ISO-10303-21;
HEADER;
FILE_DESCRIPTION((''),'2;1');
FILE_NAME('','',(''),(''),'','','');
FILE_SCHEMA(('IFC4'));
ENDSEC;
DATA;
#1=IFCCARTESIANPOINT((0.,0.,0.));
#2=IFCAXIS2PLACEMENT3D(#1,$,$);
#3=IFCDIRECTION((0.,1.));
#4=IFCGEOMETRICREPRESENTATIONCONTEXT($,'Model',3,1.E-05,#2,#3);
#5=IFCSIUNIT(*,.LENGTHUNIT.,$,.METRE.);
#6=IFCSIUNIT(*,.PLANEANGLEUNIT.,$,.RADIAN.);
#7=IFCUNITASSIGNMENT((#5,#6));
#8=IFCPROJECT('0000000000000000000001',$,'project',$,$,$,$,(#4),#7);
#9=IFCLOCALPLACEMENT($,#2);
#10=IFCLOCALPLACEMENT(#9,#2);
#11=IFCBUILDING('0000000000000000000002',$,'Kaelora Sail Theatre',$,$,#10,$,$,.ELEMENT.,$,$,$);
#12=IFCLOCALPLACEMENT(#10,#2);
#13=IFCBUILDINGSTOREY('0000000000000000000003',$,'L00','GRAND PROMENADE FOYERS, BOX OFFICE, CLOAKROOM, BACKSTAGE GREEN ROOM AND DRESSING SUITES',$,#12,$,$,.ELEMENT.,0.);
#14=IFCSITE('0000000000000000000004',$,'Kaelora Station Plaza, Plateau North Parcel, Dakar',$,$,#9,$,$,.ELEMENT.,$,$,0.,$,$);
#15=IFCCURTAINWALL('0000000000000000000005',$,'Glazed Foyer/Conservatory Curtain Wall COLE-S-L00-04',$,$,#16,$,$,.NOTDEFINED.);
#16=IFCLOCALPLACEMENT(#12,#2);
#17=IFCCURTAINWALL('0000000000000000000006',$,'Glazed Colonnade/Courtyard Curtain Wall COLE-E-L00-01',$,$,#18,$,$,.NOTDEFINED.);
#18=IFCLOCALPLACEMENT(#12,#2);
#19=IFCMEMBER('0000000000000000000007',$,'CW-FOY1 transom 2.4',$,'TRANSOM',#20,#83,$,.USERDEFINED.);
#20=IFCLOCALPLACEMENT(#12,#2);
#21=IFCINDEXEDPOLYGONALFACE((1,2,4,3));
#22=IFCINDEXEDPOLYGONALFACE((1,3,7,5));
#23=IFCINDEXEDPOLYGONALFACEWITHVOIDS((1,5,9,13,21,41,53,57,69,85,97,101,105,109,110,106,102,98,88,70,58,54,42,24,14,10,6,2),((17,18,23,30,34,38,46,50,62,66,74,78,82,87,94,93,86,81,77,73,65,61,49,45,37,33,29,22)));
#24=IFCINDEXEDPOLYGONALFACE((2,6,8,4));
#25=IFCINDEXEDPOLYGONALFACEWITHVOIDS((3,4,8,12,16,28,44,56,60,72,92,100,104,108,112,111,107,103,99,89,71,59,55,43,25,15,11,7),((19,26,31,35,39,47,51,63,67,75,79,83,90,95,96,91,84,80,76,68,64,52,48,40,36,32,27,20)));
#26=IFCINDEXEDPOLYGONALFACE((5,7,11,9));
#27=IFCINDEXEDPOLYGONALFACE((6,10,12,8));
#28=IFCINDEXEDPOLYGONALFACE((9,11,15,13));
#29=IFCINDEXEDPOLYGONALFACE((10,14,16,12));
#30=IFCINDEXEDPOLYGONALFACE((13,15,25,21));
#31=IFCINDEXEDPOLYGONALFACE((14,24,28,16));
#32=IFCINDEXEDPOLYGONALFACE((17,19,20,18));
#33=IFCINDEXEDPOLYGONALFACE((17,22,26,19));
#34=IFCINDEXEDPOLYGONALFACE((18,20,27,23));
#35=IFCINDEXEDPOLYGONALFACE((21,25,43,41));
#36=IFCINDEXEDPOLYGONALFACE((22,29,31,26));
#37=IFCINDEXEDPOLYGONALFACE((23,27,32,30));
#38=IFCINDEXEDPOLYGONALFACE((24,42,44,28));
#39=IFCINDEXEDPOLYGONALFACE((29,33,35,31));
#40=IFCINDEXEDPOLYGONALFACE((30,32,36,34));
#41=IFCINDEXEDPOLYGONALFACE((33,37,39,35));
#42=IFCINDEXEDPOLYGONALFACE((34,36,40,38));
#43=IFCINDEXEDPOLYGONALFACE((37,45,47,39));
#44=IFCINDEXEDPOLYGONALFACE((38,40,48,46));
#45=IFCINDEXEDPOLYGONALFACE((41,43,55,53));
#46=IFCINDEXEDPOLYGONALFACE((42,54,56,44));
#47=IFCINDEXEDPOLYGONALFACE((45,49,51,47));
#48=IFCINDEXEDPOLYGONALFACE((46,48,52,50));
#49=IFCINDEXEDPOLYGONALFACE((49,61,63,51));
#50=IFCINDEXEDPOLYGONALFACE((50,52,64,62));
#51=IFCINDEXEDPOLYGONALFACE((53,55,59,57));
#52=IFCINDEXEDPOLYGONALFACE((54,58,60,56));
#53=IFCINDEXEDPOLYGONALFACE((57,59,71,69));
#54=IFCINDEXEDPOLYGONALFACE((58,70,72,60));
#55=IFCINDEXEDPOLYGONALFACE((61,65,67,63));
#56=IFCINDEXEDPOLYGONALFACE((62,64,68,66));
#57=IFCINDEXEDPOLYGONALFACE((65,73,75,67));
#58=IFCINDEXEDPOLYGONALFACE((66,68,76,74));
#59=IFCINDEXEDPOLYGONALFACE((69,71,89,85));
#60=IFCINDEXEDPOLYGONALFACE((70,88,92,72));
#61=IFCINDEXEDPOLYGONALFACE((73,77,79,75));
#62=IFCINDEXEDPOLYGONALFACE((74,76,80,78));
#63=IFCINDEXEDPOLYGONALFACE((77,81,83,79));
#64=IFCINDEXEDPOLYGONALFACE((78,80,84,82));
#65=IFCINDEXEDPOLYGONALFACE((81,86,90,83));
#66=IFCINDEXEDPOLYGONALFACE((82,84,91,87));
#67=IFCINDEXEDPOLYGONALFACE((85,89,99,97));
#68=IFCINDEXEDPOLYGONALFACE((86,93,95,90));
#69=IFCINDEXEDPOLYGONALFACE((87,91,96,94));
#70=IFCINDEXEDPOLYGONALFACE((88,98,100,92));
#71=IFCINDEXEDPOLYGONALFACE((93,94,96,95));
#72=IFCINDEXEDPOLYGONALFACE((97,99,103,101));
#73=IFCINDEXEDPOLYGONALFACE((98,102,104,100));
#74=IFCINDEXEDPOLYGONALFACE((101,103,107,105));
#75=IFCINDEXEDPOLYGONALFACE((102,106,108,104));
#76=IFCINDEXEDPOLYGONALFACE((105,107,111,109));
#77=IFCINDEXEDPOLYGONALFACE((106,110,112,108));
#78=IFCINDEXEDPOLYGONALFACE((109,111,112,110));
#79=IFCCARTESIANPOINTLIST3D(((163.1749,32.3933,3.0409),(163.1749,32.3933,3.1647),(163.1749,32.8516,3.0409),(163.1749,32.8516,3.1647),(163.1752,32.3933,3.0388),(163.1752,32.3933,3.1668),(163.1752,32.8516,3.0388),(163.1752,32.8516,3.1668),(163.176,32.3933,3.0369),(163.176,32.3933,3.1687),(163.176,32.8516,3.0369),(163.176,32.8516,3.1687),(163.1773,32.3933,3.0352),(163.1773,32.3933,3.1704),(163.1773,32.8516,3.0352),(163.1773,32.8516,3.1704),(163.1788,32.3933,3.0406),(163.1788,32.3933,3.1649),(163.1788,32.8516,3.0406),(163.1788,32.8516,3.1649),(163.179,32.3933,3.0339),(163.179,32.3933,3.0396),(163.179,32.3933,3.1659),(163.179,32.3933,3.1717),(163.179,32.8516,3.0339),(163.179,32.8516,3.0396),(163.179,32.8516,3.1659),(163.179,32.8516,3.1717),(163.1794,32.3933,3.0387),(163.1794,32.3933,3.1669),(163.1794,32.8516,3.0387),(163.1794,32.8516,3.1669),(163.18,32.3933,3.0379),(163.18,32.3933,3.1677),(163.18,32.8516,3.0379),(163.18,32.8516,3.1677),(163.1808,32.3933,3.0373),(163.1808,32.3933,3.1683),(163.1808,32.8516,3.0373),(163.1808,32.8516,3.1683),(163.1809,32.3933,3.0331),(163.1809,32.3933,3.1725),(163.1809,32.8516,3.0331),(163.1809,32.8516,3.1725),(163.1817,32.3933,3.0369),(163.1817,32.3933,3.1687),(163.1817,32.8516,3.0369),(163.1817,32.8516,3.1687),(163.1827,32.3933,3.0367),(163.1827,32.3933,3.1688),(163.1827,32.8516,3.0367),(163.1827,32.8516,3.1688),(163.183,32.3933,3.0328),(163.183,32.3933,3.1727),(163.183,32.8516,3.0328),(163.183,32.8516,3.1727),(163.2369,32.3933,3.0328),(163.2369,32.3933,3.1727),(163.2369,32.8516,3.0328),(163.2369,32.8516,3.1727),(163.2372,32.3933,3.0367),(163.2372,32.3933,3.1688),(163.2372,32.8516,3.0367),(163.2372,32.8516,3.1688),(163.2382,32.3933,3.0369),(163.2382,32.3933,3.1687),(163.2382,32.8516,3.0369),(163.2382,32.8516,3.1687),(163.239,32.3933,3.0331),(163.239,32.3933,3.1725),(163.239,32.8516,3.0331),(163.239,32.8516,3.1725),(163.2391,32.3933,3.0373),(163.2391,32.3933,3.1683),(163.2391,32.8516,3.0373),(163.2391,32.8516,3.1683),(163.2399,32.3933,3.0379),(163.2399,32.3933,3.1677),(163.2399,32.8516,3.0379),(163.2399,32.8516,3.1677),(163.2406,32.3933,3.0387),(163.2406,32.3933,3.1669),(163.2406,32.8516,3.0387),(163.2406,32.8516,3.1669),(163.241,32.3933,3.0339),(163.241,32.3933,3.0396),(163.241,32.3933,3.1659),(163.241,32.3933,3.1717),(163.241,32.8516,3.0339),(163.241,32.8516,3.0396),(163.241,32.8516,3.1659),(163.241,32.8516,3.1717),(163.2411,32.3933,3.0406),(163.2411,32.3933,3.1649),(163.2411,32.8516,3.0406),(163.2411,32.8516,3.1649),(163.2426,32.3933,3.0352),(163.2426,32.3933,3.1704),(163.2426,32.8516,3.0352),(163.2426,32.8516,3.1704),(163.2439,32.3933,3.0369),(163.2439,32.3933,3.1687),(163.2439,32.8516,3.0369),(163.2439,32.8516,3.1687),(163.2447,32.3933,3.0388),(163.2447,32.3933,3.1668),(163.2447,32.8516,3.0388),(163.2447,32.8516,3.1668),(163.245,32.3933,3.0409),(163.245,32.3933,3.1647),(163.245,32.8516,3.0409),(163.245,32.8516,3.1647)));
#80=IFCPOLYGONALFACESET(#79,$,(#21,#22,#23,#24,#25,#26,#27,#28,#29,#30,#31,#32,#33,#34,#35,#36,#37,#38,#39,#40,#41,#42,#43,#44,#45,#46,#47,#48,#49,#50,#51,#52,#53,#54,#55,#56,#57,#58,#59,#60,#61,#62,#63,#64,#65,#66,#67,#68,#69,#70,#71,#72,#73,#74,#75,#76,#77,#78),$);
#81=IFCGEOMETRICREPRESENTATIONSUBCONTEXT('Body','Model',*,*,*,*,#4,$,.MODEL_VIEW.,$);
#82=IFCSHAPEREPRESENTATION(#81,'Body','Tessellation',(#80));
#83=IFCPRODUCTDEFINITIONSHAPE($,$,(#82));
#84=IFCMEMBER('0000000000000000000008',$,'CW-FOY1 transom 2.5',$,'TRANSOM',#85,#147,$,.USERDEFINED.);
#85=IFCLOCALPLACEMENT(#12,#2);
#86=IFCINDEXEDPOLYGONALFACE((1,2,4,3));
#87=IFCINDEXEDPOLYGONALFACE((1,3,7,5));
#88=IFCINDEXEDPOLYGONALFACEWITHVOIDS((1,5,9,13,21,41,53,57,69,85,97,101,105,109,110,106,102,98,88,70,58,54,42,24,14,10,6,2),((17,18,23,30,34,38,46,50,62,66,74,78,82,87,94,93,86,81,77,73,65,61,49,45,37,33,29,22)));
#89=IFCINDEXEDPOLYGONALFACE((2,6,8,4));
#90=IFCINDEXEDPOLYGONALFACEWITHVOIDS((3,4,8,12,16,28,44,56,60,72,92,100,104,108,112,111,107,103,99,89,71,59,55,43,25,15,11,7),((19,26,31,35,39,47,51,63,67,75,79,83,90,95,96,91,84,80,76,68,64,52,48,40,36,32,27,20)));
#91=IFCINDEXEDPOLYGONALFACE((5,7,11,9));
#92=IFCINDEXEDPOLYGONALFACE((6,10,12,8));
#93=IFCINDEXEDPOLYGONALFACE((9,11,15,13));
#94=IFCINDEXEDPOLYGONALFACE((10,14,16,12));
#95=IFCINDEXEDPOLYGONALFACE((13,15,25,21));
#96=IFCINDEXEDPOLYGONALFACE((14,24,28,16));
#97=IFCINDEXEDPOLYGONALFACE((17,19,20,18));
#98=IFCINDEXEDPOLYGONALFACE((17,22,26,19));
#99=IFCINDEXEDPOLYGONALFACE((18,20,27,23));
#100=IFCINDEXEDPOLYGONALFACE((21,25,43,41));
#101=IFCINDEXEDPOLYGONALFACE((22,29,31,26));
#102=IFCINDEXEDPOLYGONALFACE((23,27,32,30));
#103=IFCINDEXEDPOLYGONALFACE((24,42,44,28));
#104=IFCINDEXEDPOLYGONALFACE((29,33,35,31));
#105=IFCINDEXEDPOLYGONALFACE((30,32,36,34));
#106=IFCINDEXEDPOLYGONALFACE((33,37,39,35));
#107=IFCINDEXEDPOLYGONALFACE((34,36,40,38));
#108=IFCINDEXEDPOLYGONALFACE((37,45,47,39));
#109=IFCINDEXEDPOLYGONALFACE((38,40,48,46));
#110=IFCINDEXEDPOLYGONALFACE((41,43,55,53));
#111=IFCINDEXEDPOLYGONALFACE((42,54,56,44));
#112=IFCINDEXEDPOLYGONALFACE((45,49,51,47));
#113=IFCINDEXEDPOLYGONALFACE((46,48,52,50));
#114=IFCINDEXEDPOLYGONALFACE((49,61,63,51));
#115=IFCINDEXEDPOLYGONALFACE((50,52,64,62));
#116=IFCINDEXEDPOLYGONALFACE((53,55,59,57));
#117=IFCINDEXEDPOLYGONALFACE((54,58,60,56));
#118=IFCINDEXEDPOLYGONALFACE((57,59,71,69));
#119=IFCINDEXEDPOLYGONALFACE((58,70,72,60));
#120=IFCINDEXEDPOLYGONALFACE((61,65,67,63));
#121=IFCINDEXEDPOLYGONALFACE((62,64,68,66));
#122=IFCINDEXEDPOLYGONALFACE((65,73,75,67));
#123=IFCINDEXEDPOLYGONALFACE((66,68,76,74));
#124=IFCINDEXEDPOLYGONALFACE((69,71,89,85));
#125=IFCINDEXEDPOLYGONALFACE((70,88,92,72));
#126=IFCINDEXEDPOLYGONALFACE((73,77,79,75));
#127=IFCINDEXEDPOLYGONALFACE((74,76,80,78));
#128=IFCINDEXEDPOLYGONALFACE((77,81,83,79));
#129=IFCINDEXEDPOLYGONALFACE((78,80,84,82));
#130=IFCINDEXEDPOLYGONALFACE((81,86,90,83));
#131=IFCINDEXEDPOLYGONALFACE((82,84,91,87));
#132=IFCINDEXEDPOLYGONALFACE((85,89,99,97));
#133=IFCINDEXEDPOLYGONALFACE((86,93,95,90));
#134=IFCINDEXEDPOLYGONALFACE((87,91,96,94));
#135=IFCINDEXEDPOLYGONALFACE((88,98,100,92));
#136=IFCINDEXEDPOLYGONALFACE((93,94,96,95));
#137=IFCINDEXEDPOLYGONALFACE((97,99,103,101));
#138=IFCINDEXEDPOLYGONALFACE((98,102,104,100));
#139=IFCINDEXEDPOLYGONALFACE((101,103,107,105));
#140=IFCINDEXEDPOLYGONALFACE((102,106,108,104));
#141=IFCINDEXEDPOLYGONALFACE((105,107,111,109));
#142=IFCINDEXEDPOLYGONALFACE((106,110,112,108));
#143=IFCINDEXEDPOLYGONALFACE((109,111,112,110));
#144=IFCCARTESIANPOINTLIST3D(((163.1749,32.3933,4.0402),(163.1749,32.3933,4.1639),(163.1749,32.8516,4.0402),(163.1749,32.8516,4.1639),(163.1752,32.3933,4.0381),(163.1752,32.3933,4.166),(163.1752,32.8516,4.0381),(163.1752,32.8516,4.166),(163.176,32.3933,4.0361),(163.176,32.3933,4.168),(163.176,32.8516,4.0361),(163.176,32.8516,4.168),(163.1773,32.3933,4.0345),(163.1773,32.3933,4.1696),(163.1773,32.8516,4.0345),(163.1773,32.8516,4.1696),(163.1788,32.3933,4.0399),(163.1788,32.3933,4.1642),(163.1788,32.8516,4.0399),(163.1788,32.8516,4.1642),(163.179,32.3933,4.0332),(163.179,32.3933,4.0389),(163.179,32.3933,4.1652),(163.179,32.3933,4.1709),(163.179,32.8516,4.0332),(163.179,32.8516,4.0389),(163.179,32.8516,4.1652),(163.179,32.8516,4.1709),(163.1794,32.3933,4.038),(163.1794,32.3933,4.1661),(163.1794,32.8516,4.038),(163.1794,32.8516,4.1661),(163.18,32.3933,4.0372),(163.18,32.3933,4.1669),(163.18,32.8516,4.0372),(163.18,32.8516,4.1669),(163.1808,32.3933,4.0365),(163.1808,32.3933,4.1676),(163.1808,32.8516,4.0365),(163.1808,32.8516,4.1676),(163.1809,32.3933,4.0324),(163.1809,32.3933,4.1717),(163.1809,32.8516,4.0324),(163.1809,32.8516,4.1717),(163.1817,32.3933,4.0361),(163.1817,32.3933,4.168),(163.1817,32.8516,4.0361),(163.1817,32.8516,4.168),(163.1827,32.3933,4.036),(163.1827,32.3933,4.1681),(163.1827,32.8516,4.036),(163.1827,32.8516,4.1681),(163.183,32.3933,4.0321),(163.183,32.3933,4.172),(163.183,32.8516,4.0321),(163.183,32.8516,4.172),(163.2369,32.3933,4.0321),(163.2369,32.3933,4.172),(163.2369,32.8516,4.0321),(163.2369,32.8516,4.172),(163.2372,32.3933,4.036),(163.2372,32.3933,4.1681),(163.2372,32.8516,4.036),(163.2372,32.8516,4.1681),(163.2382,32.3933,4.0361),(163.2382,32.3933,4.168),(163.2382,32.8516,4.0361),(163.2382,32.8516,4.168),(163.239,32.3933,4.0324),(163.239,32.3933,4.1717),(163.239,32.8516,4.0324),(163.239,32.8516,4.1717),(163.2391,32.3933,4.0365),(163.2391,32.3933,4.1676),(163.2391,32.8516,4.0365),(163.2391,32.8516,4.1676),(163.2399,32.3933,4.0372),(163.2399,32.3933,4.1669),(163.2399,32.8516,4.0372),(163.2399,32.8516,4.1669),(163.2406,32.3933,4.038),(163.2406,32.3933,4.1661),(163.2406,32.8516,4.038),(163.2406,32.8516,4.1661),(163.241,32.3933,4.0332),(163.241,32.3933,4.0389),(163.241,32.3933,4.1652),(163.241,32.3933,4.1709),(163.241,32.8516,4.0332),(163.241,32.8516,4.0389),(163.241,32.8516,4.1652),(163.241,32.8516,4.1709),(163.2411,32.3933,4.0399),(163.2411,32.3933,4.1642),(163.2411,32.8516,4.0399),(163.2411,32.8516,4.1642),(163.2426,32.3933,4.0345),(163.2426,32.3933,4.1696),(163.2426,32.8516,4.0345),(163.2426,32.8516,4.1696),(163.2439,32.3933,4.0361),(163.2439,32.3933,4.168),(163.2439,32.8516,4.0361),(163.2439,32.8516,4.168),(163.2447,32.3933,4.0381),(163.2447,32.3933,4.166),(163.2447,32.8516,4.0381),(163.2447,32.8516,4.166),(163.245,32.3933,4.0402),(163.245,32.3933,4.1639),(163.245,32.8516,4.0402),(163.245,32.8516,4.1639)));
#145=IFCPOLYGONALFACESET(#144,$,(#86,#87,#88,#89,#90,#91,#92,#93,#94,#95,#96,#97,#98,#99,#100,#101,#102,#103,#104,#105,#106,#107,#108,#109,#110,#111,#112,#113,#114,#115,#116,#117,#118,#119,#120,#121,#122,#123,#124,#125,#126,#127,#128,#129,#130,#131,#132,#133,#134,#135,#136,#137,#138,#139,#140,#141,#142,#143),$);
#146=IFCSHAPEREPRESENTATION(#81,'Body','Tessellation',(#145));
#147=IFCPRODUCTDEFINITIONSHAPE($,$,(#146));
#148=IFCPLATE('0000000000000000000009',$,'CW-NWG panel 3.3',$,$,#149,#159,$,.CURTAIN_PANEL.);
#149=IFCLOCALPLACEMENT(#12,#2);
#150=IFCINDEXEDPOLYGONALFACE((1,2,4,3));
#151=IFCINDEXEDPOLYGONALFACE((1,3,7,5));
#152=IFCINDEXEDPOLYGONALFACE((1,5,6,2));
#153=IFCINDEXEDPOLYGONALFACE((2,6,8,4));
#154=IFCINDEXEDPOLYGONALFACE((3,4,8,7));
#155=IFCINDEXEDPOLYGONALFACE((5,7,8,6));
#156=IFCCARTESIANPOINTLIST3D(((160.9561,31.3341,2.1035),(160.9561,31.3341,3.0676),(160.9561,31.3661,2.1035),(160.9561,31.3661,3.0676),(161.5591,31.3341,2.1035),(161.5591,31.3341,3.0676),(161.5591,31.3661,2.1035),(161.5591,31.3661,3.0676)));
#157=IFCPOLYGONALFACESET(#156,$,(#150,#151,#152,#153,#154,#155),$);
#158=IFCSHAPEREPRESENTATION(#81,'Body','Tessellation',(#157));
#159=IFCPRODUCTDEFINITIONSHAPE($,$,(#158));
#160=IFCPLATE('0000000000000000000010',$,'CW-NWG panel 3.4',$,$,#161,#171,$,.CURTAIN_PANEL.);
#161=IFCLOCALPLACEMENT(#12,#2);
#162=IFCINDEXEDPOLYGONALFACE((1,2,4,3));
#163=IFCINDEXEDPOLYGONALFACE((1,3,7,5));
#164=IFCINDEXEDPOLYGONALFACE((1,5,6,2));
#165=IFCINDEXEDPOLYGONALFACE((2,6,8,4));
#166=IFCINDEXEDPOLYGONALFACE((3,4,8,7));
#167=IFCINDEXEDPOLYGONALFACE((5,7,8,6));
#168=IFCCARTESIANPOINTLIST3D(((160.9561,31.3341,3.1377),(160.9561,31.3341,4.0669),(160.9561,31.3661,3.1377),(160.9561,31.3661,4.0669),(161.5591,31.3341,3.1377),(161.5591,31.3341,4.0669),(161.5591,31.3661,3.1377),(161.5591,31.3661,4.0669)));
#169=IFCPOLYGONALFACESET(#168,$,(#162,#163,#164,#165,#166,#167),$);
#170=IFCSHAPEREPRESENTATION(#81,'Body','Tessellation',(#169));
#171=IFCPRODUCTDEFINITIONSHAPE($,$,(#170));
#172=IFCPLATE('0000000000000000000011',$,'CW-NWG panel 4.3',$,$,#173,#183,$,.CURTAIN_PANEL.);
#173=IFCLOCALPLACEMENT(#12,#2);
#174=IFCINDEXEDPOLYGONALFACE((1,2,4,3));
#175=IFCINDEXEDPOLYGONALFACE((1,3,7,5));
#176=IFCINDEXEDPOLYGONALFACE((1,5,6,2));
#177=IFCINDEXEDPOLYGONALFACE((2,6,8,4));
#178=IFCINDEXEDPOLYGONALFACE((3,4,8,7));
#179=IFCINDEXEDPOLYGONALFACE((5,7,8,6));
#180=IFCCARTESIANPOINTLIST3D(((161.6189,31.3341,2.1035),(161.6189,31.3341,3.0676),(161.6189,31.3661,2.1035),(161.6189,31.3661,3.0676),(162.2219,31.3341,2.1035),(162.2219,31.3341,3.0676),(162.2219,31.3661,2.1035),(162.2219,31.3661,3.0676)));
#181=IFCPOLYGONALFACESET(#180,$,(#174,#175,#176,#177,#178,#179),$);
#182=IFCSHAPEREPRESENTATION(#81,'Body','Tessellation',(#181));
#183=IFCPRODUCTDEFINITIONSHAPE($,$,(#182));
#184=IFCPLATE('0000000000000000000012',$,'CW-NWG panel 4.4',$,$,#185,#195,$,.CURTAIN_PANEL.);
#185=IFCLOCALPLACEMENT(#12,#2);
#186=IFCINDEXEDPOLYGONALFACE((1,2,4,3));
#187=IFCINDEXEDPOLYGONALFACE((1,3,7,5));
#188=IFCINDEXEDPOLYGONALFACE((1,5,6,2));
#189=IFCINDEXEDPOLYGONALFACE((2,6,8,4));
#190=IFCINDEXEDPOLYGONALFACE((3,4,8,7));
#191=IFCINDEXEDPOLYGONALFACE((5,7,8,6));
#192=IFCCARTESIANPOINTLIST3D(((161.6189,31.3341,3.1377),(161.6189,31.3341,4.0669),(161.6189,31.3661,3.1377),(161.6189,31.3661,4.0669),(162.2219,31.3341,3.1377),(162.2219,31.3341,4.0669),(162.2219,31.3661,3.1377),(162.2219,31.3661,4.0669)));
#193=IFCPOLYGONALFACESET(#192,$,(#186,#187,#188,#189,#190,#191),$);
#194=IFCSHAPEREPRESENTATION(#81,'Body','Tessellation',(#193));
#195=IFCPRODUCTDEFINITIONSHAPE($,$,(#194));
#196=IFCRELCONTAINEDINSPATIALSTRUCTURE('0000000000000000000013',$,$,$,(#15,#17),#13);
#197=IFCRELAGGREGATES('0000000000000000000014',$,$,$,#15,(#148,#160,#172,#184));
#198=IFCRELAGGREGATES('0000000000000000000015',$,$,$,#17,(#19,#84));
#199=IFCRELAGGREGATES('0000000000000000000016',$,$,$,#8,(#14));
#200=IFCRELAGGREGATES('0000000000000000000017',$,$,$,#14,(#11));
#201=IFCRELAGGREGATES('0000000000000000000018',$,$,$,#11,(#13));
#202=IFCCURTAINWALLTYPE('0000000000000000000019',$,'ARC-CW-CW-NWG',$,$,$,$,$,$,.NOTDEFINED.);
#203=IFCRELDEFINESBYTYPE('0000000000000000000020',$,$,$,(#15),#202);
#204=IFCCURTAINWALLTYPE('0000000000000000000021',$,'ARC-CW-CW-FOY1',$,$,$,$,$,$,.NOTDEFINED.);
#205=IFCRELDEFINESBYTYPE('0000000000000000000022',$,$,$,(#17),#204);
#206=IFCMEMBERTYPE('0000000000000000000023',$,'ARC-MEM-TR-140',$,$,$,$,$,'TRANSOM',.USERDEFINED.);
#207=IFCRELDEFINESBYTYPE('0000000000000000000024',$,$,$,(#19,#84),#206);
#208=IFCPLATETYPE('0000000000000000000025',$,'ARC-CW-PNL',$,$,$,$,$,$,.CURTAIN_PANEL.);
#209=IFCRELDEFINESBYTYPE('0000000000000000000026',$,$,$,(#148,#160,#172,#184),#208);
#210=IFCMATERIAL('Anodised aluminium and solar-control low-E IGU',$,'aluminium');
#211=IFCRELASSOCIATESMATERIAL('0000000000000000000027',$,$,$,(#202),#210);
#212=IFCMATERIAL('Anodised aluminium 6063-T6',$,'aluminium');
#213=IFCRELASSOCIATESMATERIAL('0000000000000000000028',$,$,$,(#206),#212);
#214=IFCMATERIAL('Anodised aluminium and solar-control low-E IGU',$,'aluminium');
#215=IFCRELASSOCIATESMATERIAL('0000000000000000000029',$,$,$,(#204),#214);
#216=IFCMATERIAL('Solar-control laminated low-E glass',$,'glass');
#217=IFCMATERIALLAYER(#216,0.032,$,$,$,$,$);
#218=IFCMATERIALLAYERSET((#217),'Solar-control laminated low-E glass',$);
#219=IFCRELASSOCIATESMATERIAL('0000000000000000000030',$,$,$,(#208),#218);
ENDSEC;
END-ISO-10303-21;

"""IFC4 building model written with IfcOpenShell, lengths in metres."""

from ifc_helpers import new_model, si_unit, direction, frame, origin, origin_2d, place, context, subcontext, project, spatial, rectangle, hollow_rectangle, extrude, material, layer, layer_set, material_profile, profile_set, type_object, element, aggregate, save


model = new_model("IFC4")

# Units and contexts
model_context = context("Model", 3, precision=1e-05, world=origin(), true_north=direction((0.0, 1.0)))
body_context = subcontext(model_context, "Body", "Model", "MODEL_VIEW")
ifc_project = project(units=[si_unit("LENGTHUNIT", "METRE"), si_unit("PLANEANGLEUNIT", "RADIAN")], contexts=[model_context])

# Site, building, storey
site_placement = place(None, origin())
site = spatial("IfcSite", under=ifc_project, at=site_placement, Name="Kaelora Station Plaza, Plateau North Parcel, Dakar", CompositionType="ELEMENT", RefElevation=0.0)
building_placement = place(site_placement, origin())
building = spatial("IfcBuilding", under=site, at=building_placement, Name="Kaelora Sail Theatre", CompositionType="ELEMENT")
storey_placement = place(building_placement, origin())
storey = spatial("IfcBuildingStorey", under=building, at=storey_placement, Name="L00", Description="GRAND PROMENADE FOYERS, BOX OFFICE, CLOAKROOM, BACKSTAGE GREEN ROOM AND DRESSING SUITES", CompositionType="ELEMENT", Elevation=0.0)

# Curtain walls, members
ifc_material_1 = material(Name="Anodised aluminium and solar-control low-E IGU", Category="aluminium")
curtain_wall_type_1 = type_object("IfcCurtainWallType", Name="ARC-CW-CW-NWG", PredefinedType="NOTDEFINED", material=ifc_material_1)
curtain_wall_1_placement = place(storey_placement, origin())
curtain_wall_1 = element("IfcCurtainWall", 1, at=curtain_wall_1_placement, inside=storey, type_object=curtain_wall_type_1, Name="Glazed Foyer/Conservatory Curtain Wall COLE-S-L00-04", PredefinedType="NOTDEFINED")
ifc_material_2 = material(Name="Anodised aluminium 6063-T6", Category="aluminium")
ifc_material_profile = material_profile(ifc_material_2, hollow_rectangle(XDim=0.0701, YDim=0.1399, WallThickness=0.0039, InnerFilletRadius=0.0039, OuterFilletRadius=0.0081, at=origin_2d()), Name="ALU-TRAN 70x140x4")
ifc_profile_set = profile_set([ifc_material_profile], Name="Anodised aluminium 6063-T6")
member_type = type_object("IfcMemberType", Name="ARC-MEM-TR-140", ElementType="TRANSOM", PredefinedType="USERDEFINED", material=ifc_profile_set)
ifc_material_3 = material(Name="Anodised aluminium and solar-control low-E IGU", Category="aluminium")
curtain_wall_type_2 = type_object("IfcCurtainWallType", Name="ARC-CW-CW-FOY1", PredefinedType="NOTDEFINED", material=ifc_material_3)
curtain_wall_2_placement = place(storey_placement, origin())
curtain_wall_2 = element("IfcCurtainWall", 2, at=curtain_wall_2_placement, inside=storey, type_object=curtain_wall_type_2, Name="Glazed Colonnade/Courtyard Curtain Wall COLE-E-L00-01", PredefinedType="NOTDEFINED")
member_1_placement = place(storey_placement, frame((163.21, 32.3933, 3.1028), z_axis=(0.0, 1.0, 0.0), x_axis=(-1.0, 0.0, 0.0)))
member_1 = element("IfcMember", 3, at=member_1_placement, type_object=member_type, Name="CW-FOY1 transom 2.4", ObjectType="TRANSOM", PredefinedType="USERDEFINED", context=body_context, shape_type="SweptSolid", body=[
    extrude(hollow_rectangle(XDim=0.0701, YDim=0.1399, WallThickness=0.0039, InnerFilletRadius=0.0039, OuterFilletRadius=0.0081, at=origin_2d()), origin(), (0.0, 0.0, 1.0), 0.4583),
])
member_2_placement = place(storey_placement, frame((163.21, 32.3933, 4.1021), z_axis=(0.0, 1.0, 0.0), x_axis=(-1.0, 0.0, 0.0)))
member_2 = element("IfcMember", 4, at=member_2_placement, type_object=member_type, Name="CW-FOY1 transom 2.5", ObjectType="TRANSOM", PredefinedType="USERDEFINED", context=body_context, shape_type="SweptSolid", body=[
    extrude(hollow_rectangle(XDim=0.0701, YDim=0.1399, WallThickness=0.0039, InnerFilletRadius=0.0039, OuterFilletRadius=0.0081, at=origin_2d()), origin(), (0.0, 0.0, 1.0), 0.4583),
])

# Plates
ifc_material_4 = material(Name="Solar-control laminated low-E glass", Category="glass")
ifc_layer = layer(ifc_material_4, 0.032)
ifc_layer_set = layer_set([ifc_layer], Name="Solar-control laminated low-E glass")
plate_type = type_object("IfcPlateType", Name="ARC-CW-PNL", PredefinedType="CURTAIN_PANEL", material=ifc_layer_set)
plate_1_placement = place(storey_placement, frame((161.2576, 31.3501, 2.1035), z_axis=(0.0, 0.0, 1.0), x_axis=(1.0, 0.0, 0.0)))
plate_1 = element("IfcPlate", 5, at=plate_1_placement, type_object=plate_type, Name="CW-NWG panel 3.3", PredefinedType="CURTAIN_PANEL", context=body_context, shape_type="SweptSolid", body=[
    extrude(rectangle(XDim=0.603, YDim=0.032, at=origin_2d()), origin(), (0.0, 0.0, 1.0), 0.9641),
])
plate_2_placement = place(storey_placement, frame((161.2576, 31.3501, 3.1377), z_axis=(0.0, 0.0, 1.0), x_axis=(1.0, 0.0, 0.0)))
plate_2 = element("IfcPlate", 6, at=plate_2_placement, type_object=plate_type, Name="CW-NWG panel 3.4", PredefinedType="CURTAIN_PANEL", context=body_context, shape_type="SweptSolid", body=[
    extrude(rectangle(XDim=0.603, YDim=0.032, at=origin_2d()), origin(), (0.0, 0.0, 1.0), 0.9292),
])
plate_3_placement = place(storey_placement, frame((161.9204, 31.3501, 2.1035), z_axis=(0.0, 0.0, 1.0), x_axis=(1.0, 0.0, 0.0)))
plate_3 = element("IfcPlate", 7, at=plate_3_placement, type_object=plate_type, Name="CW-NWG panel 4.3", PredefinedType="CURTAIN_PANEL", context=body_context, shape_type="SweptSolid", body=[
    extrude(rectangle(XDim=0.603, YDim=0.032, at=origin_2d()), origin(), (0.0, 0.0, 1.0), 0.9641),
])
plate_4_placement = place(storey_placement, frame((161.9204, 31.3501, 3.1377), z_axis=(0.0, 0.0, 1.0), x_axis=(1.0, 0.0, 0.0)))
plate_4 = element("IfcPlate", 8, at=plate_4_placement, type_object=plate_type, Name="CW-NWG panel 4.4", PredefinedType="CURTAIN_PANEL", context=body_context, shape_type="SweptSolid", body=[
    extrude(rectangle(XDim=0.603, YDim=0.032, at=origin_2d()), origin(), (0.0, 0.0, 1.0), 0.9292),
])
aggregate(curtain_wall_1, [plate_1, plate_2, plate_3, plate_4])
aggregate(curtain_wall_2, [member_1, member_2])

save(model, "model.ifc")
